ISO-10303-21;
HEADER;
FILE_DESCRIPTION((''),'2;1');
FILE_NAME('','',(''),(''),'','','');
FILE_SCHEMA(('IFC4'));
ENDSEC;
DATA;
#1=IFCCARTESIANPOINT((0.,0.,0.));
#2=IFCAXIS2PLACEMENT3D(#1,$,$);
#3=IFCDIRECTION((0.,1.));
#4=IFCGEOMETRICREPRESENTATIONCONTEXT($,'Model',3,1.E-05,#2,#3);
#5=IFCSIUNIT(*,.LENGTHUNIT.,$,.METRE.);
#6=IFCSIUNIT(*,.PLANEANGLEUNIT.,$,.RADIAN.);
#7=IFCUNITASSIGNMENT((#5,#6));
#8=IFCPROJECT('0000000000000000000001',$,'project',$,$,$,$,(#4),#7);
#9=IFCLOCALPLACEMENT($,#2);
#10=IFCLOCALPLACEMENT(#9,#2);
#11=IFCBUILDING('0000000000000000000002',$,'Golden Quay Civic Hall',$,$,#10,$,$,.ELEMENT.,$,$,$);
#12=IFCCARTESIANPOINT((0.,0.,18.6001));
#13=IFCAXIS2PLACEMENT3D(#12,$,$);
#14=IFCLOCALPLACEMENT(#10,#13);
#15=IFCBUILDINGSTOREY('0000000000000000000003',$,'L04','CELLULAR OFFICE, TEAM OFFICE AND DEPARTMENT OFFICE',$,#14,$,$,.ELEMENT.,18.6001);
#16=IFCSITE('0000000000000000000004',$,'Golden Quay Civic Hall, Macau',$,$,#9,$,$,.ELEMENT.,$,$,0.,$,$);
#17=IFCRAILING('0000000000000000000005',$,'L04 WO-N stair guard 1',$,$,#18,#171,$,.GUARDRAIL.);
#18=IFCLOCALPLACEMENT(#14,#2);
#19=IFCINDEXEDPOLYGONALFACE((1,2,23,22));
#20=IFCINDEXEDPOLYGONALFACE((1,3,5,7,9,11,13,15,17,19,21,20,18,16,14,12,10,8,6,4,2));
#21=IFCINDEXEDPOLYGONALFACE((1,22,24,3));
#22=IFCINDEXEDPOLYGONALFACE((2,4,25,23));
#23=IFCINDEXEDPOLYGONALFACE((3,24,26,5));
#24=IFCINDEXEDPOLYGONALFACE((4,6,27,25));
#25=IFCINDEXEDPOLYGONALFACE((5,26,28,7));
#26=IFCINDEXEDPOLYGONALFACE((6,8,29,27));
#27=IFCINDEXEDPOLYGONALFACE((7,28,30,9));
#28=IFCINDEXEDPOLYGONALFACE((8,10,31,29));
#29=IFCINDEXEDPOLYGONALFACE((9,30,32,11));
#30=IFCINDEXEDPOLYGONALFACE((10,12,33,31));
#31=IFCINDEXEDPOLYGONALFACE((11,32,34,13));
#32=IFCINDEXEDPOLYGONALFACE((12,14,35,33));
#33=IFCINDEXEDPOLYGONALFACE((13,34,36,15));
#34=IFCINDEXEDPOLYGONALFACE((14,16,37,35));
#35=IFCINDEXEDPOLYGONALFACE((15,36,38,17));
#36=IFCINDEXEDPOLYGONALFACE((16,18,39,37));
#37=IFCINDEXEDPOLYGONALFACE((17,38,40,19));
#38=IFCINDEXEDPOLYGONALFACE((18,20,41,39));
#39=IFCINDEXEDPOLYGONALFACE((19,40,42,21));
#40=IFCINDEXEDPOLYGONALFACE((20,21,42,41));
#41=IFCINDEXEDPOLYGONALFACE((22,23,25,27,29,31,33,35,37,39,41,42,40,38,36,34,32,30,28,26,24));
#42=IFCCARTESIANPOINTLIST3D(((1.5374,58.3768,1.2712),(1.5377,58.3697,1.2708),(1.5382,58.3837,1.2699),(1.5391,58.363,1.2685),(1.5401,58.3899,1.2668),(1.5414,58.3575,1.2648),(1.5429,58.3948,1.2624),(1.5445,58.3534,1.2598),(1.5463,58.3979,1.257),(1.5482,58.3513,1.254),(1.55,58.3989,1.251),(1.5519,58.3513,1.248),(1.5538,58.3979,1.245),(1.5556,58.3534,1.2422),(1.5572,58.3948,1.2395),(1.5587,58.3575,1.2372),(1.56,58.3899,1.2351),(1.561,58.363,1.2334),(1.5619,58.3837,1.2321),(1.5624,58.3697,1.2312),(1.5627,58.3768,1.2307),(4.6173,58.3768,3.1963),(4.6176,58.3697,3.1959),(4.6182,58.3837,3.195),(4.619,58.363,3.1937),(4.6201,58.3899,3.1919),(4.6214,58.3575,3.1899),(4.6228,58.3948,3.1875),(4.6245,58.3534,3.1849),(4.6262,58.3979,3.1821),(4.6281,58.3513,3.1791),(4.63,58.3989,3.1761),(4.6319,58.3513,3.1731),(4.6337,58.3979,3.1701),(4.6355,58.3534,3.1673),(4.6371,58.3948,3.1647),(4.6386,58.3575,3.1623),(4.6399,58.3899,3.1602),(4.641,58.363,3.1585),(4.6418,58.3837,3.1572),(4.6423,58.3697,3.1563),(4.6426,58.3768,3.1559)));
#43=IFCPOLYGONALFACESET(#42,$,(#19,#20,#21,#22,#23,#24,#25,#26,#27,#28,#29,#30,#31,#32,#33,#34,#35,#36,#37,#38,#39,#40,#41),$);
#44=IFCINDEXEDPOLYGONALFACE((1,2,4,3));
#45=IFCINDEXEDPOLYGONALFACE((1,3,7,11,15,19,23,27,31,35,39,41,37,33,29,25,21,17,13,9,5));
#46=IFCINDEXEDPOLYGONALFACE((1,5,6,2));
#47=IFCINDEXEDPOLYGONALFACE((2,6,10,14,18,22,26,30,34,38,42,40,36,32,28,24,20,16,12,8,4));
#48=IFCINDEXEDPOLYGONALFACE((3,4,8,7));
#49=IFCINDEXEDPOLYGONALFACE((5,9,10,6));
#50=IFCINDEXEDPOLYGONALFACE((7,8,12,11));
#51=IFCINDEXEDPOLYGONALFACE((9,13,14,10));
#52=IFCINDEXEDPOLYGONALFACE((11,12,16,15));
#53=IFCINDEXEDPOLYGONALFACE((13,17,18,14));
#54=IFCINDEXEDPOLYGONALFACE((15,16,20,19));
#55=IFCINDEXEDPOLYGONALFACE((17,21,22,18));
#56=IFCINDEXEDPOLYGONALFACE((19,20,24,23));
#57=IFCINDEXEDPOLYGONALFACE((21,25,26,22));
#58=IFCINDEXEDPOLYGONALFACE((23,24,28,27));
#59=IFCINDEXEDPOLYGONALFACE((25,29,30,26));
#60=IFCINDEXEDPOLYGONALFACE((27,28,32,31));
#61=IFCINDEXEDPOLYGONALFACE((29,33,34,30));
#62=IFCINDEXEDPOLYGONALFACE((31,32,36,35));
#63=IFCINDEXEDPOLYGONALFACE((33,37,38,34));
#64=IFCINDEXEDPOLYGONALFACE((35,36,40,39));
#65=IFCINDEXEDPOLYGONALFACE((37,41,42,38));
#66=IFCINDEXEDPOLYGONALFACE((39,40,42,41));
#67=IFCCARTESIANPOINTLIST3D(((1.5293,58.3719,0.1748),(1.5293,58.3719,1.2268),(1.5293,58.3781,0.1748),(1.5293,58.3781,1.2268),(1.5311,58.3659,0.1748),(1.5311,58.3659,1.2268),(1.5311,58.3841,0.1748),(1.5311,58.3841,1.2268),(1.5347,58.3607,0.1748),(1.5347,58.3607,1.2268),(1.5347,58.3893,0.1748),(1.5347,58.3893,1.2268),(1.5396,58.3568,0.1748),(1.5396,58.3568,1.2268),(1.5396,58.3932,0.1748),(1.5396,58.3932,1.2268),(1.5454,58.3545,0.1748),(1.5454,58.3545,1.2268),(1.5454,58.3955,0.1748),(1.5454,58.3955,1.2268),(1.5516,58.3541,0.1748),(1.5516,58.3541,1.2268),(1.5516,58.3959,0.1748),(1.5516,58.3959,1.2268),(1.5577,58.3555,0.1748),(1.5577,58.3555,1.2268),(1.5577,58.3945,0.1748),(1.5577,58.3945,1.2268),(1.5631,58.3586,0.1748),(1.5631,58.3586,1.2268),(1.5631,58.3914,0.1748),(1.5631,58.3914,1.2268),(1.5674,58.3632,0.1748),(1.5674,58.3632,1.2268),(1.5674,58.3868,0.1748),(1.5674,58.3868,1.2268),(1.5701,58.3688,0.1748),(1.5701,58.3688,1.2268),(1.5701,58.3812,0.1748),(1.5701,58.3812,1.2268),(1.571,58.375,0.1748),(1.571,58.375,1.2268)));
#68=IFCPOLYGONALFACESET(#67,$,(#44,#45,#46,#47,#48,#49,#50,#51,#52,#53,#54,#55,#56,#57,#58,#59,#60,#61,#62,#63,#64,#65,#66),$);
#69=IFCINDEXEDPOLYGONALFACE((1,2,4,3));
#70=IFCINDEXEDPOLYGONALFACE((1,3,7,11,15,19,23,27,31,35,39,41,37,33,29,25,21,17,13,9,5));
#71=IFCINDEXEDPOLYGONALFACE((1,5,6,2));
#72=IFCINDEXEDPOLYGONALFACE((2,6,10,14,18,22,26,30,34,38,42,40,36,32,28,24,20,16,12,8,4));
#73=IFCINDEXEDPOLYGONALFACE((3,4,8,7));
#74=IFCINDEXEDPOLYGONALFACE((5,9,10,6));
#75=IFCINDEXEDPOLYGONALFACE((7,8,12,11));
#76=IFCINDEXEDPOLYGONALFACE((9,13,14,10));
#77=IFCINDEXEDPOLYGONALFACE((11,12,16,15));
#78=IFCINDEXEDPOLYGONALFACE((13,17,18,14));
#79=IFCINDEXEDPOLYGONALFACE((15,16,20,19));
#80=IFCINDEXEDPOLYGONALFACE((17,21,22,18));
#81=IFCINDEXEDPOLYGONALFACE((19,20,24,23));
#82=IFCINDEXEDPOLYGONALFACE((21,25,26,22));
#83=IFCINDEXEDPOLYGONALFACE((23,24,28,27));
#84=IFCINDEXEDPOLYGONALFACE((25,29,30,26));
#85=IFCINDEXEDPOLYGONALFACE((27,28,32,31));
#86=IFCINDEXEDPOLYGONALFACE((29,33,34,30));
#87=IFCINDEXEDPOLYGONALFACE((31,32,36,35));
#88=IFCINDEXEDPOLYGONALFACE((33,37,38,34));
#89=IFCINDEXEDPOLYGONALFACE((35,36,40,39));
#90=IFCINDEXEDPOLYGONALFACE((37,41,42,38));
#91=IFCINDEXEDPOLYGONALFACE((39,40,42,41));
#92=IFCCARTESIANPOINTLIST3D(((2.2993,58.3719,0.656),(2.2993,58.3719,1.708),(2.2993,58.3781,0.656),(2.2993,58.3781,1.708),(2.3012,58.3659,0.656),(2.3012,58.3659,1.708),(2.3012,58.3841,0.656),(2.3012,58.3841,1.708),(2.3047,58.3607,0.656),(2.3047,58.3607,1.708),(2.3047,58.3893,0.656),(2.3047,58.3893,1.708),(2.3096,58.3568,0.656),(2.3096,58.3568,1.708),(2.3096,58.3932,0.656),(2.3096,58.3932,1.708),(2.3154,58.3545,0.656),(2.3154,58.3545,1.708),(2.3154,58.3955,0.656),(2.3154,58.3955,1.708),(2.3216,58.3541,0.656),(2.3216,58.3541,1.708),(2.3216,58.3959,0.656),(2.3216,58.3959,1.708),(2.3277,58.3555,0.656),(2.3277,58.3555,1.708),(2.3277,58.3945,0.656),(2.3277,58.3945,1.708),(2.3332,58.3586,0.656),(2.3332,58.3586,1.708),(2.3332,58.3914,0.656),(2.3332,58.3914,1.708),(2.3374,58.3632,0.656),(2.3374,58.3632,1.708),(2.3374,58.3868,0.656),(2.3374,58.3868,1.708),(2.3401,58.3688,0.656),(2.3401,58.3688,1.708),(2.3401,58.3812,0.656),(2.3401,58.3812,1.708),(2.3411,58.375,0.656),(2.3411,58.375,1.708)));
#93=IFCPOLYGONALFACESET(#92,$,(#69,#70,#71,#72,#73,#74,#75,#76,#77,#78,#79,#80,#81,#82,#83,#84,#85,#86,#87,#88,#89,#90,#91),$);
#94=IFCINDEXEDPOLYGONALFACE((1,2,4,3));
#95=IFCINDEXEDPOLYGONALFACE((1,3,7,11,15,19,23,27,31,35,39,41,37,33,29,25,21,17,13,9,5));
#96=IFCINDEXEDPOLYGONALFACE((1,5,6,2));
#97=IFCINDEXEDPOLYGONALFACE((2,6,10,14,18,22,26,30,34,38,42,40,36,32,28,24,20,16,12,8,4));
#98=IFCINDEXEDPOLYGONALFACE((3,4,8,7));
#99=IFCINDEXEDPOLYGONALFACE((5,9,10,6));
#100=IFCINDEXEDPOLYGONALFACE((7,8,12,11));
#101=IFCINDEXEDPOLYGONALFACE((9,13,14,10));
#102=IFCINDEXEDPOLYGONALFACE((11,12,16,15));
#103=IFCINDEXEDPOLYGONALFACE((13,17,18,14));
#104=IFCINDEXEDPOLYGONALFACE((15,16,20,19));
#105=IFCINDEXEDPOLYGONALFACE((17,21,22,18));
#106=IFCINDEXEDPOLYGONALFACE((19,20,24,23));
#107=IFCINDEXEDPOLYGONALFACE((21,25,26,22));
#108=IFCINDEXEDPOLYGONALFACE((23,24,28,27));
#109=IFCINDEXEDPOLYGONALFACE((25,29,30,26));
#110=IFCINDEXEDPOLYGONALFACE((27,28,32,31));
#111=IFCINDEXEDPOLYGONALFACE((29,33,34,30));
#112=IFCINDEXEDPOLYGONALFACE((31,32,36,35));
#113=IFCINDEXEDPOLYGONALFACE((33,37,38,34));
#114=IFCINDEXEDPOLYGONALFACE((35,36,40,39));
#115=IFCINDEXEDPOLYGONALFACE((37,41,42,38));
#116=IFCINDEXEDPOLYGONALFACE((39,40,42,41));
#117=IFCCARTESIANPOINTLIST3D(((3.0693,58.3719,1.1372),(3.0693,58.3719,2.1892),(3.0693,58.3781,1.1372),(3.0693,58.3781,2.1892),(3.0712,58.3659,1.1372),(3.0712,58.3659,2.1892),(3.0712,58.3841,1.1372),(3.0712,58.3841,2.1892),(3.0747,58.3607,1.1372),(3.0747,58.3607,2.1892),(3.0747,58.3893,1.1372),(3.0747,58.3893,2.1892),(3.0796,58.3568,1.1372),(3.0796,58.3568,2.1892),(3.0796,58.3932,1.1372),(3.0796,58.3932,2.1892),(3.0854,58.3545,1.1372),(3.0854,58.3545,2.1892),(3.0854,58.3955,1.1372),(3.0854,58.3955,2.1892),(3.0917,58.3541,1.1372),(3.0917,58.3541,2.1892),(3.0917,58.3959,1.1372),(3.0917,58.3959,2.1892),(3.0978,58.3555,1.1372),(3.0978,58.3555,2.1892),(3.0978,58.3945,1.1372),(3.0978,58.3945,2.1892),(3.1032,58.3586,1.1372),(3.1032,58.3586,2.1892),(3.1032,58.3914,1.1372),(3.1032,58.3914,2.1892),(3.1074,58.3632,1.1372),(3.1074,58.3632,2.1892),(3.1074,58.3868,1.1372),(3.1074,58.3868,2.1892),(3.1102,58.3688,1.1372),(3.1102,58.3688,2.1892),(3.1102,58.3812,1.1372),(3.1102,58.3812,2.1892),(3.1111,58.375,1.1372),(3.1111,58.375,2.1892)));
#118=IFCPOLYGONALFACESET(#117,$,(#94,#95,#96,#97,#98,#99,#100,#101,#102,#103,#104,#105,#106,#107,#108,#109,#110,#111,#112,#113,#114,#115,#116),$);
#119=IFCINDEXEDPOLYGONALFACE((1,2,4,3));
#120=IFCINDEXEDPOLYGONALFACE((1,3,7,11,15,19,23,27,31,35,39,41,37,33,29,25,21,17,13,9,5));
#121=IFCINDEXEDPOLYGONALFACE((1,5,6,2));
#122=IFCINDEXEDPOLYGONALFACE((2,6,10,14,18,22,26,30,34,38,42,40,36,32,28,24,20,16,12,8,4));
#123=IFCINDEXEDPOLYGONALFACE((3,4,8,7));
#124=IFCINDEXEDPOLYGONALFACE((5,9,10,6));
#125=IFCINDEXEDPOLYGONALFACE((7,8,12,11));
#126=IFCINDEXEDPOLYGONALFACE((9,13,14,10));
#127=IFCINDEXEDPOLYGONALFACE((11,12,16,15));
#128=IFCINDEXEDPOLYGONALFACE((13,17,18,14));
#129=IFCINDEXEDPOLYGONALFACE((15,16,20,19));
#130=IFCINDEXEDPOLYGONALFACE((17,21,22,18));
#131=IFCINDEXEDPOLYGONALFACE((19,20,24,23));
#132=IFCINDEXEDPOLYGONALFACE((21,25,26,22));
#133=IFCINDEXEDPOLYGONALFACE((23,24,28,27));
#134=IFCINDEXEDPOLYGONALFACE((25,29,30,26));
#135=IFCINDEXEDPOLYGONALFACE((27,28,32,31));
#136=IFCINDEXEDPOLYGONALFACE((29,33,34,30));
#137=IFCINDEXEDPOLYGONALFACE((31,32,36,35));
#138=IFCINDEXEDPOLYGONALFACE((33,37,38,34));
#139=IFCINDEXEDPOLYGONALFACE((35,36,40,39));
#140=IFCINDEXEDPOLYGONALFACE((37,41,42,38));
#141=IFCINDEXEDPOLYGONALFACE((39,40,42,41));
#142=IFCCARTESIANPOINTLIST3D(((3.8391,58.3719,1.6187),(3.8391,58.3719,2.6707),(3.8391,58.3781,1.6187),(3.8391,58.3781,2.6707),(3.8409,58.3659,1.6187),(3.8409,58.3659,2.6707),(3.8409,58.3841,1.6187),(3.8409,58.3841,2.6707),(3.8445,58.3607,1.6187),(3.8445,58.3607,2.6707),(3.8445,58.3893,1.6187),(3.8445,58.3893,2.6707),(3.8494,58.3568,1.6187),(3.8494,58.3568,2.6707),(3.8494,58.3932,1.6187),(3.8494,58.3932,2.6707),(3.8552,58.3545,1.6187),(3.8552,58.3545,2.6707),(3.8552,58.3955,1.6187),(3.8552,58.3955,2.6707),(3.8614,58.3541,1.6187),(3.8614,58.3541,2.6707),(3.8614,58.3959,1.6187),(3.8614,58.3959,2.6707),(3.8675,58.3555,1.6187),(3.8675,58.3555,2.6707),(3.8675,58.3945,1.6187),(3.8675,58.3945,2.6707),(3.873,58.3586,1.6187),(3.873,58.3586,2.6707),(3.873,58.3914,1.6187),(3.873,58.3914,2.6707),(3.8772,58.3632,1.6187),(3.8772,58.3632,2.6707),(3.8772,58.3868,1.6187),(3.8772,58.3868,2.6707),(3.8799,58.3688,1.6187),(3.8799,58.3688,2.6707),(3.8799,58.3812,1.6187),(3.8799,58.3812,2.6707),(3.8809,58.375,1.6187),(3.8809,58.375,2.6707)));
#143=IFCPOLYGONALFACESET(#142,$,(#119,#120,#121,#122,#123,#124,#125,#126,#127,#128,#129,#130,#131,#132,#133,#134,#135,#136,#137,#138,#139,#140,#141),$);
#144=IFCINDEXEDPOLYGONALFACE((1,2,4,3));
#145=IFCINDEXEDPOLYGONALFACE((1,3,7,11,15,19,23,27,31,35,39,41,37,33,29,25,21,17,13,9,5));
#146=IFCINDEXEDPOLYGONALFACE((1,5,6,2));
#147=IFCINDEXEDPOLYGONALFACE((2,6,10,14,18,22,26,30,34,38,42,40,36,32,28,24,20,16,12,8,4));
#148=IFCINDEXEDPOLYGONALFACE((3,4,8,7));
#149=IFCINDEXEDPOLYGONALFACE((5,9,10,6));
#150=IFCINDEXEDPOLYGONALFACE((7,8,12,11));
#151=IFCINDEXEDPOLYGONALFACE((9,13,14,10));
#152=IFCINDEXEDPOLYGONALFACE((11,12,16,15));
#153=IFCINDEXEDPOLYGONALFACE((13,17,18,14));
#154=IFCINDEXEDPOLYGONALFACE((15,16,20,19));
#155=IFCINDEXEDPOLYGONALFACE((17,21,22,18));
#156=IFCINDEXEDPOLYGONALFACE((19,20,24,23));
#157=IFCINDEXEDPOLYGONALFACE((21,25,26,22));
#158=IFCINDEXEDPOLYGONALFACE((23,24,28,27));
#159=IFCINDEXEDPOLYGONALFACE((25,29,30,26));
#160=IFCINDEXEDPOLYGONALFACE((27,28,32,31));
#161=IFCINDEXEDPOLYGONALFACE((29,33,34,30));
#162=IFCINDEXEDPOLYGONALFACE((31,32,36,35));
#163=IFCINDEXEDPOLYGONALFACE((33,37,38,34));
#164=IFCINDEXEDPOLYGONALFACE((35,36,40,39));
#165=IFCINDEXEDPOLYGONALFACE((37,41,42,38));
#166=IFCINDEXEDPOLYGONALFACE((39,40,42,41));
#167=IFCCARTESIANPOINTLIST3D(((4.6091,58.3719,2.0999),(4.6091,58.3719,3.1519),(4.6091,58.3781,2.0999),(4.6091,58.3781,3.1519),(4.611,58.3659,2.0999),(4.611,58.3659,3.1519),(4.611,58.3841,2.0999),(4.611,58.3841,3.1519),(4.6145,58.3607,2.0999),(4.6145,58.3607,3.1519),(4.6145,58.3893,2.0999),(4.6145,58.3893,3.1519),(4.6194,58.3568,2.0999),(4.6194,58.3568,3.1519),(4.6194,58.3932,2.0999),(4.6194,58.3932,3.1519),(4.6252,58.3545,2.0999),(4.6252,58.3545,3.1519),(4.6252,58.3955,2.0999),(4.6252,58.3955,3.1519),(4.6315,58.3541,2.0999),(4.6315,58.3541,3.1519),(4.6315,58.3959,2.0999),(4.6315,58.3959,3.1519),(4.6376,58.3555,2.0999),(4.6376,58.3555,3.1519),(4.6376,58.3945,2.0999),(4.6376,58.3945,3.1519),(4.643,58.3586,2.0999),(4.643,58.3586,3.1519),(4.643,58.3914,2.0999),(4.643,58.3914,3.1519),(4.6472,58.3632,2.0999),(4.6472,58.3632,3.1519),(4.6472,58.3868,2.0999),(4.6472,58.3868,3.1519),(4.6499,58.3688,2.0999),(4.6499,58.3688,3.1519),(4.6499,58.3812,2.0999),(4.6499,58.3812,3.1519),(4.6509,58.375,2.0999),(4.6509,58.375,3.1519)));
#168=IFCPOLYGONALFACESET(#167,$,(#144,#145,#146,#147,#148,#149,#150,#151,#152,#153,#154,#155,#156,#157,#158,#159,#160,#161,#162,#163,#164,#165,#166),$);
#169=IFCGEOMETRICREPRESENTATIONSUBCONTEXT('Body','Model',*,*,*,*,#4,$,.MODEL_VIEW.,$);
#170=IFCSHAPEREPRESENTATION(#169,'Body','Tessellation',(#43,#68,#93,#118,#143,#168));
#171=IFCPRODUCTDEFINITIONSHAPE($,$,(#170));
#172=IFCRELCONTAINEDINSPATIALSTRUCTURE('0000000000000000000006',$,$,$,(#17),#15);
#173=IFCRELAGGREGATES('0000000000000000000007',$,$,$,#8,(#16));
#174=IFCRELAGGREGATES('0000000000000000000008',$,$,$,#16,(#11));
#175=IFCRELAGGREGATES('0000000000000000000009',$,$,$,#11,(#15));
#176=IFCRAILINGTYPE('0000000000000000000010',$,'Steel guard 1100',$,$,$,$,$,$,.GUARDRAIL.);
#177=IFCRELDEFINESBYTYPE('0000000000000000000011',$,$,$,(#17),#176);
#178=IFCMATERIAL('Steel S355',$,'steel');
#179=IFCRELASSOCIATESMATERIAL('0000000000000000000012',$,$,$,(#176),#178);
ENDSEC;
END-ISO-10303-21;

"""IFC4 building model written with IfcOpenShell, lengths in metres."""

from ifc_helpers import new_model, si_unit, direction, frame, origin, origin_2d, place, context, subcontext, project, spatial, circle, extrude, material, type_object, element, save


model = new_model("IFC4")

# Units and contexts
model_context = context("Model", 3, precision=1e-05, world=origin(), true_north=direction((0.0, 1.0)))
body_context = subcontext(model_context, "Body", "Model", "MODEL_VIEW")
ifc_project = project(units=[si_unit("LENGTHUNIT", "METRE"), si_unit("PLANEANGLEUNIT", "RADIAN")], contexts=[model_context])

# Site, building, storey
site_placement = place(None, origin())
site = spatial("IfcSite", under=ifc_project, at=site_placement, Name="Golden Quay Civic Hall, Macau", CompositionType="ELEMENT", RefElevation=0.0)
building_placement = place(site_placement, origin())
building = spatial("IfcBuilding", under=site, at=building_placement, Name="Golden Quay Civic Hall", CompositionType="ELEMENT")
storey_placement = place(building_placement, frame((0.0, 0.0, 18.6001)))
storey = spatial("IfcBuildingStorey", under=building, at=storey_placement, Name="L04", Description="CELLULAR OFFICE, TEAM OFFICE AND DEPARTMENT OFFICE", CompositionType="ELEMENT", Elevation=18.6001)

# Railing
ifc_material_1 = material(Name="Steel S355", Category="steel")
railing_type_1 = type_object("IfcRailingType", Name="Steel guard 1100", PredefinedType="GUARDRAIL", material=ifc_material_1)
railing_1_placement = place(storey_placement, frame((1.55, 58.375, 0.1748)))
element("IfcRailing", 1, at=railing_1_placement, inside=storey, type_object=railing_type_1, Name="L04 WO-N stair guard 1", PredefinedType="GUARDRAIL", context=body_context, shape_type="SweptSolid", body=[
    extrude(circle(Radius=0.0239, at=origin_2d()), frame((0.0, 0.0, 1.0762), z_axis=(0.847979, 0.0, 0.530029), x_axis=(0.0, 1.0, 0.0)), (0.0, 0.0, 1.0), 3.6321),
    extrude(circle(Radius=0.021, at=origin_2d()), origin(), (0.0, 0.0, 1.0), 1.052),
    extrude(circle(Radius=0.021, at=origin_2d()), frame((0.77, 0.0, 0.4812)), (0.0, 0.0, 1.0), 1.052),
    extrude(circle(Radius=0.021, at=origin_2d()), frame((1.54, 0.0, 0.9624)), (0.0, 0.0, 1.0), 1.052),
    extrude(circle(Radius=0.021, at=origin_2d()), frame((2.3098, 0.0, 1.4438)), (0.0, 0.0, 1.0), 1.052),
    extrude(circle(Radius=0.021, at=origin_2d()), frame((3.0798, 0.0, 1.925)), (0.0, 0.0, 1.0), 1.052),
])

save(model, "model.ifc")
